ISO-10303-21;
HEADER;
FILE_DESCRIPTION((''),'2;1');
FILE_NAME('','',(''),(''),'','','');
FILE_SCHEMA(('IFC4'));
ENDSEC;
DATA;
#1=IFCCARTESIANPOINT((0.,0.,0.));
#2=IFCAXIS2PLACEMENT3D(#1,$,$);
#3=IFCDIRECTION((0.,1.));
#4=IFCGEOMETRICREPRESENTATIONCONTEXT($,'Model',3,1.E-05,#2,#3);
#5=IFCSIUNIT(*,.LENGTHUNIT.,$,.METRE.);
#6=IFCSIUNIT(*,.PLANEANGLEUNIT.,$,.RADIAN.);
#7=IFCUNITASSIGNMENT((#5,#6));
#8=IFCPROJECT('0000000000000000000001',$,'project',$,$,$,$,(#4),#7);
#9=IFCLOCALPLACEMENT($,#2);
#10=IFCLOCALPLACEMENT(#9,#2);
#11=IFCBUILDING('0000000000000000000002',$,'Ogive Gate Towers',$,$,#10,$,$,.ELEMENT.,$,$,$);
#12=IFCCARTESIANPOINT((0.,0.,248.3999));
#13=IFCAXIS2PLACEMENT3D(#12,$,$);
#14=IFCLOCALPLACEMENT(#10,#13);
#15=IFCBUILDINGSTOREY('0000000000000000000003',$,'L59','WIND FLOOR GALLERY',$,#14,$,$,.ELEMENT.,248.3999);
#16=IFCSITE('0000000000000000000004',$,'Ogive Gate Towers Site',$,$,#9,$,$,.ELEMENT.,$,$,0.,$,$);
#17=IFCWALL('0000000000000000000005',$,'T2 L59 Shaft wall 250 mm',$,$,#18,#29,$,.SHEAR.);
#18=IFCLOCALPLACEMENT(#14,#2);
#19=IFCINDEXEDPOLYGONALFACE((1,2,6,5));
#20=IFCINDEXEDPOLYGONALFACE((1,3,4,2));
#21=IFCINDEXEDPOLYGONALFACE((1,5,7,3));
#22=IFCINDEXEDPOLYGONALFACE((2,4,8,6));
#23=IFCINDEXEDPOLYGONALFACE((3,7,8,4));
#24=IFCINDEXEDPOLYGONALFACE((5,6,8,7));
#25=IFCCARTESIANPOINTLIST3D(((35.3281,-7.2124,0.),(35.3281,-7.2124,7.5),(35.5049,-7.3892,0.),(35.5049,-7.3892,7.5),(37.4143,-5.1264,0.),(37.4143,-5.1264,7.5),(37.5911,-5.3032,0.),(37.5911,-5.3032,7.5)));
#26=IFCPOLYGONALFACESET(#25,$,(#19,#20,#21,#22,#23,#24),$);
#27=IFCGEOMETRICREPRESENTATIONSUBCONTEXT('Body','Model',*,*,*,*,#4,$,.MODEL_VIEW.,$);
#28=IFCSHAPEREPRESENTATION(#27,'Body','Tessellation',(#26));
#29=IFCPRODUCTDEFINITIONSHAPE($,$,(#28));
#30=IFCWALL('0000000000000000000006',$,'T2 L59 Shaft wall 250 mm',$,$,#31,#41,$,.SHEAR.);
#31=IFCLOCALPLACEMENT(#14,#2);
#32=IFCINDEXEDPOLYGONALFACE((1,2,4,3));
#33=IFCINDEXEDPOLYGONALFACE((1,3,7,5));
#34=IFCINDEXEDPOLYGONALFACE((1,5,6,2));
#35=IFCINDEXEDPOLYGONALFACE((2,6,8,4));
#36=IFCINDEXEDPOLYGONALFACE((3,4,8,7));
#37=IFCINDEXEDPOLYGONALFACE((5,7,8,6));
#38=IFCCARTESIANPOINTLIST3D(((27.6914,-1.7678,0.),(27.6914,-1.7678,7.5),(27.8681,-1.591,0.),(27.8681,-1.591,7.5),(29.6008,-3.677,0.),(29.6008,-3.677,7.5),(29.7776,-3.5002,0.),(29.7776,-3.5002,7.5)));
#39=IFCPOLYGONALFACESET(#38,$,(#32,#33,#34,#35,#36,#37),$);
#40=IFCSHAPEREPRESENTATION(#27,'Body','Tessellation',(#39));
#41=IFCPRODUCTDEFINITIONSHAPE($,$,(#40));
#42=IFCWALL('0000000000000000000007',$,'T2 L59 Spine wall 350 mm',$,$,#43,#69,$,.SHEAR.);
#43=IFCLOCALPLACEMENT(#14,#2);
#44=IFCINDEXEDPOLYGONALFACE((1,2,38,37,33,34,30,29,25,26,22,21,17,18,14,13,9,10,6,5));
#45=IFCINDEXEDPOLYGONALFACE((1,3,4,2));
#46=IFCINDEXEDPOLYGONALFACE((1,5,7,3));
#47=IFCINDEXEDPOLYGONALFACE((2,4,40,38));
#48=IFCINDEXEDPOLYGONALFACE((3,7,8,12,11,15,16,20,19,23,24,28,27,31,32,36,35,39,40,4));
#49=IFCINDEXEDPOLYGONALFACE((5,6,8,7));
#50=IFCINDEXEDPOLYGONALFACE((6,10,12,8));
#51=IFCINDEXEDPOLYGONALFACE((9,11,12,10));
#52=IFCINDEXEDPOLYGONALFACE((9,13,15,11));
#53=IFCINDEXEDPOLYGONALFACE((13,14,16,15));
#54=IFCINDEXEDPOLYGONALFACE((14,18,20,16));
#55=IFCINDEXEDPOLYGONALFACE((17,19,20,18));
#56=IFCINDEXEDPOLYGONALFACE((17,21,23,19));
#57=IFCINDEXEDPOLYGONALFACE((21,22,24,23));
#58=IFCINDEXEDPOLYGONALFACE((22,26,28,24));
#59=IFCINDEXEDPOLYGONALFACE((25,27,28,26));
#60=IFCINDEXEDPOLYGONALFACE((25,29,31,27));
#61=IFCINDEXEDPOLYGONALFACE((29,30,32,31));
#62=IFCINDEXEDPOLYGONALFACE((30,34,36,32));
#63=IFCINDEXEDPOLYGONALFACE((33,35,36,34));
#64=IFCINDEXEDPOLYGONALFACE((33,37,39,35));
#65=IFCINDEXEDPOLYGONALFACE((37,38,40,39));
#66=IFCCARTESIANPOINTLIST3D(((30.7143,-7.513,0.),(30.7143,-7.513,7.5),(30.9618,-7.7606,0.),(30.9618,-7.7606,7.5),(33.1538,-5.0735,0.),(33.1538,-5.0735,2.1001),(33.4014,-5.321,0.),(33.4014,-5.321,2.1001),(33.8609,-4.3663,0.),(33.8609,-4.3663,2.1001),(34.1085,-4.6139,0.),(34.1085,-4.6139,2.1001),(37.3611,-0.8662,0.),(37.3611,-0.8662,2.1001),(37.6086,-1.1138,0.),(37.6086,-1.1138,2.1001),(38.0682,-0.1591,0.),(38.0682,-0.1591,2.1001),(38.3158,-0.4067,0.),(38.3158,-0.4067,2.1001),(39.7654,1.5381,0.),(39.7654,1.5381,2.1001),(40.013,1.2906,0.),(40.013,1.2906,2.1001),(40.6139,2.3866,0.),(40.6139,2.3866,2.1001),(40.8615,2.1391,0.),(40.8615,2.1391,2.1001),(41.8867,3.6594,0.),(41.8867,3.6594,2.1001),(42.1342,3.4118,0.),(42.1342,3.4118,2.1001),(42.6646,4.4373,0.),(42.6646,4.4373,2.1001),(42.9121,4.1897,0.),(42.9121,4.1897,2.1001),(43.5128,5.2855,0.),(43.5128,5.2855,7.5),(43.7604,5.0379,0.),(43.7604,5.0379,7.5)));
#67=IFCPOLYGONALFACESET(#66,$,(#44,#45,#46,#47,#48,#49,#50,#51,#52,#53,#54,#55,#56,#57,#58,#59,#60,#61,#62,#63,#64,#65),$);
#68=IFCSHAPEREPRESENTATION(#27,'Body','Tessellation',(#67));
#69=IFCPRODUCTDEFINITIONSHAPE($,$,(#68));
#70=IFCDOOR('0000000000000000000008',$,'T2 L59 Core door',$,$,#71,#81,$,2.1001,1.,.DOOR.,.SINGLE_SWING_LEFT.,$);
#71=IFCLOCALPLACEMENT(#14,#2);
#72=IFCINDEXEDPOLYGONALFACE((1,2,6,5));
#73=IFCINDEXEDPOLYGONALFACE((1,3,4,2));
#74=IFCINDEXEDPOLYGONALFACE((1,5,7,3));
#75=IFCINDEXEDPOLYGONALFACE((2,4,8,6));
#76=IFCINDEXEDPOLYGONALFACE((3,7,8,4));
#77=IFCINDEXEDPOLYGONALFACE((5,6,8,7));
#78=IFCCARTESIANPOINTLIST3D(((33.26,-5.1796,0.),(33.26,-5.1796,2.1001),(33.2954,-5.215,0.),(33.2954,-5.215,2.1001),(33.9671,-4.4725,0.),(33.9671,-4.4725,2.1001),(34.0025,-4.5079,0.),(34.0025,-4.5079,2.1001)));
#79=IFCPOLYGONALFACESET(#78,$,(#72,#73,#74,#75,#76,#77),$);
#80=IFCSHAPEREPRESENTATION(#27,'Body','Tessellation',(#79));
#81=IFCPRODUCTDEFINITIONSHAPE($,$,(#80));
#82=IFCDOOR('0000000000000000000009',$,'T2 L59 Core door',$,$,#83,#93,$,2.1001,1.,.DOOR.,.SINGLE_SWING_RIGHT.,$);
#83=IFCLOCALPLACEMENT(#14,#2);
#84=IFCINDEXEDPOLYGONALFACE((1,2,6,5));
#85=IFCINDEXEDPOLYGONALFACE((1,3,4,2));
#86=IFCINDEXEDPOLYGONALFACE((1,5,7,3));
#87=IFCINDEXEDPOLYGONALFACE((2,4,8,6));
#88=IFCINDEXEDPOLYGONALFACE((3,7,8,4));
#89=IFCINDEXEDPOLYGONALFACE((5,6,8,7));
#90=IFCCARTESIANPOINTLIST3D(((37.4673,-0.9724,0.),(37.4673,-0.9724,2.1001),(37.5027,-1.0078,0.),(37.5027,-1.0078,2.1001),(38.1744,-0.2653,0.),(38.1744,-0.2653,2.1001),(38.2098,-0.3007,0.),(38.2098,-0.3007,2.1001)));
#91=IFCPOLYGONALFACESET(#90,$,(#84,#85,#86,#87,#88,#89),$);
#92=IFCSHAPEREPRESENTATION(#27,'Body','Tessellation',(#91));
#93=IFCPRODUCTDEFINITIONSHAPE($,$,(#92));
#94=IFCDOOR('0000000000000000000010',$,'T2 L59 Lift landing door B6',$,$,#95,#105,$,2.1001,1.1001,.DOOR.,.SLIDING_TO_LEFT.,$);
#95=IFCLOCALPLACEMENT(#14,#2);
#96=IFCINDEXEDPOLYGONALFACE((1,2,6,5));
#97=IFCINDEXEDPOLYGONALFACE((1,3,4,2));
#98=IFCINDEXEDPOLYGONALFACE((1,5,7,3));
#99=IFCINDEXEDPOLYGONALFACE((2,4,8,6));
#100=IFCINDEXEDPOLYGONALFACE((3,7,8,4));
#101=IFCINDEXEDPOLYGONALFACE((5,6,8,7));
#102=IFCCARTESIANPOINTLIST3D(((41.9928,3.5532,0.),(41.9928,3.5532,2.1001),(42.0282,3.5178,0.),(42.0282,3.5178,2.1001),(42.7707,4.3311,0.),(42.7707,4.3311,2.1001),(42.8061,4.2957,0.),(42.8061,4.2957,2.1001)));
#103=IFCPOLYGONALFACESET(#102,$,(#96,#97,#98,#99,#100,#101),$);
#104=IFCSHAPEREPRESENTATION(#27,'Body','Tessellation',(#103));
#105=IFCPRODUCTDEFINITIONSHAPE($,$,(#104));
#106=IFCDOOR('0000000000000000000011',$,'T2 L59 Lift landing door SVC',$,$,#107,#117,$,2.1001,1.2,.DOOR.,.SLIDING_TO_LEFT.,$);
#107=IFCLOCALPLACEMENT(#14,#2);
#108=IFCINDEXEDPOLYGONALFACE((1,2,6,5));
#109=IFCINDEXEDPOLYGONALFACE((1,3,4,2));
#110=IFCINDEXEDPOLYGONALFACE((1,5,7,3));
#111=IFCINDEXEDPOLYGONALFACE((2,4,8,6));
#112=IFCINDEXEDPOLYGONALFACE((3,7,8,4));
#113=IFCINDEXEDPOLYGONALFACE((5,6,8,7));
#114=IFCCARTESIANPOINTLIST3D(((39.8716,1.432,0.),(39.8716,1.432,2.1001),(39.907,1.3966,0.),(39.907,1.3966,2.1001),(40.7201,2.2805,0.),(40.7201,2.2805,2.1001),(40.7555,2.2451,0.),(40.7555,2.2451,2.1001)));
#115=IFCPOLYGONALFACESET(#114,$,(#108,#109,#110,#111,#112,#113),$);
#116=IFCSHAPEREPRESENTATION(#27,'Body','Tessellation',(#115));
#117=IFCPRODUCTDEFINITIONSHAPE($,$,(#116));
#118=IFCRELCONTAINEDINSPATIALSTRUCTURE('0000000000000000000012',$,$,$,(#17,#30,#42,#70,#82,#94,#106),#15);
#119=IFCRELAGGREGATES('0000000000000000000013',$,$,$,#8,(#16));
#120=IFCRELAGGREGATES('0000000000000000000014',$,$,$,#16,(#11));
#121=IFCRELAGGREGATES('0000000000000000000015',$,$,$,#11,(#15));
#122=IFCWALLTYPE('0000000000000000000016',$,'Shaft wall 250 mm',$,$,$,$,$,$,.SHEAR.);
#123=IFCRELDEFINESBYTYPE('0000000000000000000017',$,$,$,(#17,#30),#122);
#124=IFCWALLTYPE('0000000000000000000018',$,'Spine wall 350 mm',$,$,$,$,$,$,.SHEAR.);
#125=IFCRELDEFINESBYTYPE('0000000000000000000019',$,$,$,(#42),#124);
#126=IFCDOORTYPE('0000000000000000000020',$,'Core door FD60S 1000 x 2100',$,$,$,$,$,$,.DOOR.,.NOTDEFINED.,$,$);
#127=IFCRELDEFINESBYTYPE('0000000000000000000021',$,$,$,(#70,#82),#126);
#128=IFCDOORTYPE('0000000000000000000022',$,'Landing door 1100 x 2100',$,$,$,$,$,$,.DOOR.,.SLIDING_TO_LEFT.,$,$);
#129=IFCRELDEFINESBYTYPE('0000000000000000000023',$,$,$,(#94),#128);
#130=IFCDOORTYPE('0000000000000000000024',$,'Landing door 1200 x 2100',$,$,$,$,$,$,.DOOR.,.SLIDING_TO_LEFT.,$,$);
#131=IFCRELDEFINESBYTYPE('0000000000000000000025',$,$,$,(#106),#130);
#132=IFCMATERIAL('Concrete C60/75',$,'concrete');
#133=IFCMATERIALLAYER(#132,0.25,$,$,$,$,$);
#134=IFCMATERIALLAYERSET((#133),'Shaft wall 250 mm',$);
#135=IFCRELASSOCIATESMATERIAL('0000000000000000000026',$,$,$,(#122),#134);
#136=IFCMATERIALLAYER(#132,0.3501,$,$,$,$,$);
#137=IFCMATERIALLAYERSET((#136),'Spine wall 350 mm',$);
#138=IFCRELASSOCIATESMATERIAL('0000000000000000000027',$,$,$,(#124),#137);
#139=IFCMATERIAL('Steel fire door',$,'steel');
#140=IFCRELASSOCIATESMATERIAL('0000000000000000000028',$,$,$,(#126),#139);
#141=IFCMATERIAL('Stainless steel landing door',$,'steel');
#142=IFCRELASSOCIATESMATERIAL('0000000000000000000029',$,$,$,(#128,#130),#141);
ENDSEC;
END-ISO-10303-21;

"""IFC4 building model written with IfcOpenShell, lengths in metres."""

from ifc_helpers import new_model, si_unit, direction, frame, frame_2d, origin, place, context, subcontext, project, spatial, rectangle, extrude, material, layer, layer_set, type_object, element, fill, save


model = new_model("IFC4")

# Units and contexts
model_context = context("Model", 3, precision=1e-05, world=origin(), true_north=direction((0.0, 1.0)))
body_context = subcontext(model_context, "Body", "Model", "MODEL_VIEW")
ifc_project = project(units=[si_unit("LENGTHUNIT", "METRE"), si_unit("PLANEANGLEUNIT", "RADIAN")], contexts=[model_context])

# Site, building, storey
site_placement = place(None, origin())
site = spatial("IfcSite", under=ifc_project, at=site_placement, Name="Ogive Gate Towers Site", CompositionType="ELEMENT", RefElevation=0.0)
building_placement = place(site_placement, origin())
building = spatial("IfcBuilding", under=site, at=building_placement, Name="Ogive Gate Towers", CompositionType="ELEMENT")
storey_placement = place(building_placement, frame((0.0, 0.0, 248.3999)))
storey = spatial("IfcBuildingStorey", under=building, at=storey_placement, Name="L59", Description="WIND FLOOR GALLERY", CompositionType="ELEMENT", Elevation=248.3999)

# Walls
ifc_material_1 = material(Name="Concrete C60/75", Category="concrete")
ifc_layer_1 = layer(ifc_material_1, 0.25)
ifc_layer_set_1 = layer_set([ifc_layer_1], Name="Shaft wall 250 mm")
wall_type_1 = type_object("IfcWallType", Name="Shaft wall 250 mm", PredefinedType="SHEAR", material=ifc_layer_set_1)
wall_1_placement = place(storey_placement, frame((35.4165, -7.3008, 0.0), z_axis=(0.0, 0.0, 1.0), x_axis=(0.707148, 0.707065, 0.0)))
element("IfcWall", 1, at=wall_1_placement, inside=storey, type_object=wall_type_1, Name="T2 L59 Shaft wall 250 mm", PredefinedType="SHEAR", context=body_context, shape_type="SweptSolid", body=[
    extrude(rectangle(XDim=2.9502, YDim=0.25, at=frame_2d((1.4751, 0.0))), origin(), (0.0, 0.0, 1.0), 7.5),
])
wall_2_placement = place(storey_placement, frame((29.6892, -3.5886, 0.0), z_axis=(0.0, 0.0, 1.0), x_axis=(-0.707152, 0.707062, 0.0)))
element("IfcWall", 2, at=wall_2_placement, inside=storey, type_object=wall_type_1, Name="T2 L59 Shaft wall 250 mm", PredefinedType="SHEAR", context=body_context, shape_type="SweptSolid", body=[
    extrude(rectangle(XDim=2.7002, YDim=0.25, at=frame_2d((1.3501, 0.0))), origin(), (0.0, 0.0, 1.0), 7.5),
])

# Wall, openings, doors
ifc_layer_2 = layer(ifc_material_1, 0.3501)
ifc_layer_set_2 = layer_set([ifc_layer_2], Name="Spine wall 350 mm")
wall_type_2 = type_object("IfcWallType", Name="Spine wall 350 mm", PredefinedType="SHEAR", material=ifc_layer_set_2)
wall_3_placement = place(storey_placement, frame((30.8381, -7.6367, 0.0), z_axis=(0.0, 0.0, 1.0), x_axis=(0.707107, 0.707107, 0.0)))
wall_3 = element("IfcWall", 3, at=wall_3_placement, inside=storey, type_object=wall_type_2, Name="T2 L59 Spine wall 350 mm", PredefinedType="SHEAR", context=body_context, shape_type="SweptSolid", body=[
    extrude(rectangle(XDim=18.0999, YDim=0.3501, at=frame_2d((9.0498, 0.0))), origin(), (0.0, 0.0, 1.0), 7.5),
])
opening_1_placement = place(wall_3_placement, frame((12.8, 0.0, 0.0)))
opening_1 = element("IfcOpeningElement", 4, at=opening_1_placement, cuts=wall_3, PredefinedType="OPENING", context=body_context, shape_type="SweptSolid", body=[
    extrude(rectangle(XDim=1.2, YDim=2.1001, at=frame_2d((0.6001, 1.05))), frame((0.0, 0.1851, 0.0), z_axis=(0.0, -1.0, 0.0), x_axis=(1.0, 0.0, 0.0)), (0.0, 0.0, 1.0), 0.3701),
])
opening_2_placement = place(wall_3_placement, frame((15.8, 0.0, 0.0)))
opening_2 = element("IfcOpeningElement", 5, at=opening_2_placement, cuts=wall_3, PredefinedType="OPENING", context=body_context, shape_type="SweptSolid", body=[
    extrude(rectangle(XDim=1.1001, YDim=2.1001, at=frame_2d((0.55, 1.05))), frame((0.0, 0.1851, 0.0), z_axis=(0.0, -1.0, 0.0), x_axis=(1.0, 0.0, 0.0)), (0.0, 0.0, 1.0), 0.3701),
])
opening_3_placement = place(wall_3_placement, frame((3.45, 0.0, 0.0)))
opening_3 = element("IfcOpeningElement", 6, at=opening_3_placement, cuts=wall_3, PredefinedType="OPENING", context=body_context, shape_type="SweptSolid", body=[
    extrude(rectangle(XDim=1.0, YDim=2.1001, at=frame_2d((0.5, 1.05))), frame((0.0, 0.1851, 0.0), z_axis=(0.0, -1.0, 0.0), x_axis=(1.0, 0.0, 0.0)), (0.0, 0.0, 1.0), 0.3701),
])
opening_4_placement = place(wall_3_placement, frame((9.3999, 0.0, 0.0)))
opening_4 = element("IfcOpeningElement", 7, at=opening_4_placement, cuts=wall_3, PredefinedType="OPENING", context=body_context, shape_type="SweptSolid", body=[
    extrude(rectangle(XDim=1.0, YDim=2.1001, at=frame_2d((0.5, 1.05))), frame((0.0, 0.1851, 0.0), z_axis=(0.0, -1.0, 0.0), x_axis=(1.0, 0.0, 0.0)), (0.0, 0.0, 1.0), 0.3701),
])
ifc_material_2 = material(Name="Steel fire door", Category="steel")
door_type_1 = type_object("IfcDoorType", Name="Core door FD60S 1000 x 2100", OperationType="NOTDEFINED", PredefinedType="DOOR", material=ifc_material_2)
door_1_placement = place(opening_3_placement, origin())
door_1 = element("IfcDoor", 8, at=door_1_placement, inside=storey, type_object=door_type_1, Name="T2 L59 Core door", OperationType="SINGLE_SWING_LEFT", OverallHeight=2.1001, OverallWidth=1.0, PredefinedType="DOOR", context=body_context, shape_type="SweptSolid", body=[
    extrude(rectangle(XDim=1.0, YDim=2.1001, at=frame_2d((0.5, 1.05))), frame((0.0, 0.0249, 0.0), z_axis=(0.0, -1.0, 0.0), x_axis=(1.0, 0.0, 0.0)), (0.0, 0.0, 1.0), 0.05),
])
fill(opening_3, door_1)
door_2_placement = place(opening_4_placement, origin())
door_2 = element("IfcDoor", 9, at=door_2_placement, inside=storey, type_object=door_type_1, Name="T2 L59 Core door", OperationType="SINGLE_SWING_RIGHT", OverallHeight=2.1001, OverallWidth=1.0, PredefinedType="DOOR", context=body_context, shape_type="SweptSolid", body=[
    extrude(rectangle(XDim=1.0, YDim=2.1001, at=frame_2d((0.5, 1.05))), frame((0.0, 0.0249, 0.0), z_axis=(0.0, -1.0, 0.0), x_axis=(1.0, 0.0, 0.0)), (0.0, 0.0, 1.0), 0.05),
])
fill(opening_4, door_2)
ifc_material_3 = material(Name="Stainless steel landing door", Category="steel")
door_type_2 = type_object("IfcDoorType", Name="Landing door 1100 x 2100", OperationType="SLIDING_TO_LEFT", PredefinedType="DOOR", material=ifc_material_3)
door_3_placement = place(opening_2_placement, origin())
door_3 = element("IfcDoor", 10, at=door_3_placement, inside=storey, type_object=door_type_2, Name="T2 L59 Lift landing door B6", OperationType="SLIDING_TO_LEFT", OverallHeight=2.1001, OverallWidth=1.1001, PredefinedType="DOOR", context=body_context, shape_type="SweptSolid", body=[
    extrude(rectangle(XDim=1.1001, YDim=2.1001, at=frame_2d((0.55, 1.05))), frame((0.0, 0.0249, 0.0), z_axis=(0.0, -1.0, 0.0), x_axis=(1.0, 0.0, 0.0)), (0.0, 0.0, 1.0), 0.05),
])
fill(opening_2, door_3)
door_type_3 = type_object("IfcDoorType", Name="Landing door 1200 x 2100", OperationType="SLIDING_TO_LEFT", PredefinedType="DOOR", material=ifc_material_3)
door_4_placement = place(opening_1_placement, origin())
door_4 = element("IfcDoor", 11, at=door_4_placement, inside=storey, type_object=door_type_3, Name="T2 L59 Lift landing door SVC", OperationType="SLIDING_TO_LEFT", OverallHeight=2.1001, OverallWidth=1.2, PredefinedType="DOOR", context=body_context, shape_type="SweptSolid", body=[
    extrude(rectangle(XDim=1.2, YDim=2.1001, at=frame_2d((0.6001, 1.05))), frame((0.0, 0.0249, 0.0), z_axis=(0.0, -1.0, 0.0), x_axis=(1.0, 0.0, 0.0)), (0.0, 0.0, 1.0), 0.05),
])
fill(opening_1, door_4)

save(model, "model.ifc")
